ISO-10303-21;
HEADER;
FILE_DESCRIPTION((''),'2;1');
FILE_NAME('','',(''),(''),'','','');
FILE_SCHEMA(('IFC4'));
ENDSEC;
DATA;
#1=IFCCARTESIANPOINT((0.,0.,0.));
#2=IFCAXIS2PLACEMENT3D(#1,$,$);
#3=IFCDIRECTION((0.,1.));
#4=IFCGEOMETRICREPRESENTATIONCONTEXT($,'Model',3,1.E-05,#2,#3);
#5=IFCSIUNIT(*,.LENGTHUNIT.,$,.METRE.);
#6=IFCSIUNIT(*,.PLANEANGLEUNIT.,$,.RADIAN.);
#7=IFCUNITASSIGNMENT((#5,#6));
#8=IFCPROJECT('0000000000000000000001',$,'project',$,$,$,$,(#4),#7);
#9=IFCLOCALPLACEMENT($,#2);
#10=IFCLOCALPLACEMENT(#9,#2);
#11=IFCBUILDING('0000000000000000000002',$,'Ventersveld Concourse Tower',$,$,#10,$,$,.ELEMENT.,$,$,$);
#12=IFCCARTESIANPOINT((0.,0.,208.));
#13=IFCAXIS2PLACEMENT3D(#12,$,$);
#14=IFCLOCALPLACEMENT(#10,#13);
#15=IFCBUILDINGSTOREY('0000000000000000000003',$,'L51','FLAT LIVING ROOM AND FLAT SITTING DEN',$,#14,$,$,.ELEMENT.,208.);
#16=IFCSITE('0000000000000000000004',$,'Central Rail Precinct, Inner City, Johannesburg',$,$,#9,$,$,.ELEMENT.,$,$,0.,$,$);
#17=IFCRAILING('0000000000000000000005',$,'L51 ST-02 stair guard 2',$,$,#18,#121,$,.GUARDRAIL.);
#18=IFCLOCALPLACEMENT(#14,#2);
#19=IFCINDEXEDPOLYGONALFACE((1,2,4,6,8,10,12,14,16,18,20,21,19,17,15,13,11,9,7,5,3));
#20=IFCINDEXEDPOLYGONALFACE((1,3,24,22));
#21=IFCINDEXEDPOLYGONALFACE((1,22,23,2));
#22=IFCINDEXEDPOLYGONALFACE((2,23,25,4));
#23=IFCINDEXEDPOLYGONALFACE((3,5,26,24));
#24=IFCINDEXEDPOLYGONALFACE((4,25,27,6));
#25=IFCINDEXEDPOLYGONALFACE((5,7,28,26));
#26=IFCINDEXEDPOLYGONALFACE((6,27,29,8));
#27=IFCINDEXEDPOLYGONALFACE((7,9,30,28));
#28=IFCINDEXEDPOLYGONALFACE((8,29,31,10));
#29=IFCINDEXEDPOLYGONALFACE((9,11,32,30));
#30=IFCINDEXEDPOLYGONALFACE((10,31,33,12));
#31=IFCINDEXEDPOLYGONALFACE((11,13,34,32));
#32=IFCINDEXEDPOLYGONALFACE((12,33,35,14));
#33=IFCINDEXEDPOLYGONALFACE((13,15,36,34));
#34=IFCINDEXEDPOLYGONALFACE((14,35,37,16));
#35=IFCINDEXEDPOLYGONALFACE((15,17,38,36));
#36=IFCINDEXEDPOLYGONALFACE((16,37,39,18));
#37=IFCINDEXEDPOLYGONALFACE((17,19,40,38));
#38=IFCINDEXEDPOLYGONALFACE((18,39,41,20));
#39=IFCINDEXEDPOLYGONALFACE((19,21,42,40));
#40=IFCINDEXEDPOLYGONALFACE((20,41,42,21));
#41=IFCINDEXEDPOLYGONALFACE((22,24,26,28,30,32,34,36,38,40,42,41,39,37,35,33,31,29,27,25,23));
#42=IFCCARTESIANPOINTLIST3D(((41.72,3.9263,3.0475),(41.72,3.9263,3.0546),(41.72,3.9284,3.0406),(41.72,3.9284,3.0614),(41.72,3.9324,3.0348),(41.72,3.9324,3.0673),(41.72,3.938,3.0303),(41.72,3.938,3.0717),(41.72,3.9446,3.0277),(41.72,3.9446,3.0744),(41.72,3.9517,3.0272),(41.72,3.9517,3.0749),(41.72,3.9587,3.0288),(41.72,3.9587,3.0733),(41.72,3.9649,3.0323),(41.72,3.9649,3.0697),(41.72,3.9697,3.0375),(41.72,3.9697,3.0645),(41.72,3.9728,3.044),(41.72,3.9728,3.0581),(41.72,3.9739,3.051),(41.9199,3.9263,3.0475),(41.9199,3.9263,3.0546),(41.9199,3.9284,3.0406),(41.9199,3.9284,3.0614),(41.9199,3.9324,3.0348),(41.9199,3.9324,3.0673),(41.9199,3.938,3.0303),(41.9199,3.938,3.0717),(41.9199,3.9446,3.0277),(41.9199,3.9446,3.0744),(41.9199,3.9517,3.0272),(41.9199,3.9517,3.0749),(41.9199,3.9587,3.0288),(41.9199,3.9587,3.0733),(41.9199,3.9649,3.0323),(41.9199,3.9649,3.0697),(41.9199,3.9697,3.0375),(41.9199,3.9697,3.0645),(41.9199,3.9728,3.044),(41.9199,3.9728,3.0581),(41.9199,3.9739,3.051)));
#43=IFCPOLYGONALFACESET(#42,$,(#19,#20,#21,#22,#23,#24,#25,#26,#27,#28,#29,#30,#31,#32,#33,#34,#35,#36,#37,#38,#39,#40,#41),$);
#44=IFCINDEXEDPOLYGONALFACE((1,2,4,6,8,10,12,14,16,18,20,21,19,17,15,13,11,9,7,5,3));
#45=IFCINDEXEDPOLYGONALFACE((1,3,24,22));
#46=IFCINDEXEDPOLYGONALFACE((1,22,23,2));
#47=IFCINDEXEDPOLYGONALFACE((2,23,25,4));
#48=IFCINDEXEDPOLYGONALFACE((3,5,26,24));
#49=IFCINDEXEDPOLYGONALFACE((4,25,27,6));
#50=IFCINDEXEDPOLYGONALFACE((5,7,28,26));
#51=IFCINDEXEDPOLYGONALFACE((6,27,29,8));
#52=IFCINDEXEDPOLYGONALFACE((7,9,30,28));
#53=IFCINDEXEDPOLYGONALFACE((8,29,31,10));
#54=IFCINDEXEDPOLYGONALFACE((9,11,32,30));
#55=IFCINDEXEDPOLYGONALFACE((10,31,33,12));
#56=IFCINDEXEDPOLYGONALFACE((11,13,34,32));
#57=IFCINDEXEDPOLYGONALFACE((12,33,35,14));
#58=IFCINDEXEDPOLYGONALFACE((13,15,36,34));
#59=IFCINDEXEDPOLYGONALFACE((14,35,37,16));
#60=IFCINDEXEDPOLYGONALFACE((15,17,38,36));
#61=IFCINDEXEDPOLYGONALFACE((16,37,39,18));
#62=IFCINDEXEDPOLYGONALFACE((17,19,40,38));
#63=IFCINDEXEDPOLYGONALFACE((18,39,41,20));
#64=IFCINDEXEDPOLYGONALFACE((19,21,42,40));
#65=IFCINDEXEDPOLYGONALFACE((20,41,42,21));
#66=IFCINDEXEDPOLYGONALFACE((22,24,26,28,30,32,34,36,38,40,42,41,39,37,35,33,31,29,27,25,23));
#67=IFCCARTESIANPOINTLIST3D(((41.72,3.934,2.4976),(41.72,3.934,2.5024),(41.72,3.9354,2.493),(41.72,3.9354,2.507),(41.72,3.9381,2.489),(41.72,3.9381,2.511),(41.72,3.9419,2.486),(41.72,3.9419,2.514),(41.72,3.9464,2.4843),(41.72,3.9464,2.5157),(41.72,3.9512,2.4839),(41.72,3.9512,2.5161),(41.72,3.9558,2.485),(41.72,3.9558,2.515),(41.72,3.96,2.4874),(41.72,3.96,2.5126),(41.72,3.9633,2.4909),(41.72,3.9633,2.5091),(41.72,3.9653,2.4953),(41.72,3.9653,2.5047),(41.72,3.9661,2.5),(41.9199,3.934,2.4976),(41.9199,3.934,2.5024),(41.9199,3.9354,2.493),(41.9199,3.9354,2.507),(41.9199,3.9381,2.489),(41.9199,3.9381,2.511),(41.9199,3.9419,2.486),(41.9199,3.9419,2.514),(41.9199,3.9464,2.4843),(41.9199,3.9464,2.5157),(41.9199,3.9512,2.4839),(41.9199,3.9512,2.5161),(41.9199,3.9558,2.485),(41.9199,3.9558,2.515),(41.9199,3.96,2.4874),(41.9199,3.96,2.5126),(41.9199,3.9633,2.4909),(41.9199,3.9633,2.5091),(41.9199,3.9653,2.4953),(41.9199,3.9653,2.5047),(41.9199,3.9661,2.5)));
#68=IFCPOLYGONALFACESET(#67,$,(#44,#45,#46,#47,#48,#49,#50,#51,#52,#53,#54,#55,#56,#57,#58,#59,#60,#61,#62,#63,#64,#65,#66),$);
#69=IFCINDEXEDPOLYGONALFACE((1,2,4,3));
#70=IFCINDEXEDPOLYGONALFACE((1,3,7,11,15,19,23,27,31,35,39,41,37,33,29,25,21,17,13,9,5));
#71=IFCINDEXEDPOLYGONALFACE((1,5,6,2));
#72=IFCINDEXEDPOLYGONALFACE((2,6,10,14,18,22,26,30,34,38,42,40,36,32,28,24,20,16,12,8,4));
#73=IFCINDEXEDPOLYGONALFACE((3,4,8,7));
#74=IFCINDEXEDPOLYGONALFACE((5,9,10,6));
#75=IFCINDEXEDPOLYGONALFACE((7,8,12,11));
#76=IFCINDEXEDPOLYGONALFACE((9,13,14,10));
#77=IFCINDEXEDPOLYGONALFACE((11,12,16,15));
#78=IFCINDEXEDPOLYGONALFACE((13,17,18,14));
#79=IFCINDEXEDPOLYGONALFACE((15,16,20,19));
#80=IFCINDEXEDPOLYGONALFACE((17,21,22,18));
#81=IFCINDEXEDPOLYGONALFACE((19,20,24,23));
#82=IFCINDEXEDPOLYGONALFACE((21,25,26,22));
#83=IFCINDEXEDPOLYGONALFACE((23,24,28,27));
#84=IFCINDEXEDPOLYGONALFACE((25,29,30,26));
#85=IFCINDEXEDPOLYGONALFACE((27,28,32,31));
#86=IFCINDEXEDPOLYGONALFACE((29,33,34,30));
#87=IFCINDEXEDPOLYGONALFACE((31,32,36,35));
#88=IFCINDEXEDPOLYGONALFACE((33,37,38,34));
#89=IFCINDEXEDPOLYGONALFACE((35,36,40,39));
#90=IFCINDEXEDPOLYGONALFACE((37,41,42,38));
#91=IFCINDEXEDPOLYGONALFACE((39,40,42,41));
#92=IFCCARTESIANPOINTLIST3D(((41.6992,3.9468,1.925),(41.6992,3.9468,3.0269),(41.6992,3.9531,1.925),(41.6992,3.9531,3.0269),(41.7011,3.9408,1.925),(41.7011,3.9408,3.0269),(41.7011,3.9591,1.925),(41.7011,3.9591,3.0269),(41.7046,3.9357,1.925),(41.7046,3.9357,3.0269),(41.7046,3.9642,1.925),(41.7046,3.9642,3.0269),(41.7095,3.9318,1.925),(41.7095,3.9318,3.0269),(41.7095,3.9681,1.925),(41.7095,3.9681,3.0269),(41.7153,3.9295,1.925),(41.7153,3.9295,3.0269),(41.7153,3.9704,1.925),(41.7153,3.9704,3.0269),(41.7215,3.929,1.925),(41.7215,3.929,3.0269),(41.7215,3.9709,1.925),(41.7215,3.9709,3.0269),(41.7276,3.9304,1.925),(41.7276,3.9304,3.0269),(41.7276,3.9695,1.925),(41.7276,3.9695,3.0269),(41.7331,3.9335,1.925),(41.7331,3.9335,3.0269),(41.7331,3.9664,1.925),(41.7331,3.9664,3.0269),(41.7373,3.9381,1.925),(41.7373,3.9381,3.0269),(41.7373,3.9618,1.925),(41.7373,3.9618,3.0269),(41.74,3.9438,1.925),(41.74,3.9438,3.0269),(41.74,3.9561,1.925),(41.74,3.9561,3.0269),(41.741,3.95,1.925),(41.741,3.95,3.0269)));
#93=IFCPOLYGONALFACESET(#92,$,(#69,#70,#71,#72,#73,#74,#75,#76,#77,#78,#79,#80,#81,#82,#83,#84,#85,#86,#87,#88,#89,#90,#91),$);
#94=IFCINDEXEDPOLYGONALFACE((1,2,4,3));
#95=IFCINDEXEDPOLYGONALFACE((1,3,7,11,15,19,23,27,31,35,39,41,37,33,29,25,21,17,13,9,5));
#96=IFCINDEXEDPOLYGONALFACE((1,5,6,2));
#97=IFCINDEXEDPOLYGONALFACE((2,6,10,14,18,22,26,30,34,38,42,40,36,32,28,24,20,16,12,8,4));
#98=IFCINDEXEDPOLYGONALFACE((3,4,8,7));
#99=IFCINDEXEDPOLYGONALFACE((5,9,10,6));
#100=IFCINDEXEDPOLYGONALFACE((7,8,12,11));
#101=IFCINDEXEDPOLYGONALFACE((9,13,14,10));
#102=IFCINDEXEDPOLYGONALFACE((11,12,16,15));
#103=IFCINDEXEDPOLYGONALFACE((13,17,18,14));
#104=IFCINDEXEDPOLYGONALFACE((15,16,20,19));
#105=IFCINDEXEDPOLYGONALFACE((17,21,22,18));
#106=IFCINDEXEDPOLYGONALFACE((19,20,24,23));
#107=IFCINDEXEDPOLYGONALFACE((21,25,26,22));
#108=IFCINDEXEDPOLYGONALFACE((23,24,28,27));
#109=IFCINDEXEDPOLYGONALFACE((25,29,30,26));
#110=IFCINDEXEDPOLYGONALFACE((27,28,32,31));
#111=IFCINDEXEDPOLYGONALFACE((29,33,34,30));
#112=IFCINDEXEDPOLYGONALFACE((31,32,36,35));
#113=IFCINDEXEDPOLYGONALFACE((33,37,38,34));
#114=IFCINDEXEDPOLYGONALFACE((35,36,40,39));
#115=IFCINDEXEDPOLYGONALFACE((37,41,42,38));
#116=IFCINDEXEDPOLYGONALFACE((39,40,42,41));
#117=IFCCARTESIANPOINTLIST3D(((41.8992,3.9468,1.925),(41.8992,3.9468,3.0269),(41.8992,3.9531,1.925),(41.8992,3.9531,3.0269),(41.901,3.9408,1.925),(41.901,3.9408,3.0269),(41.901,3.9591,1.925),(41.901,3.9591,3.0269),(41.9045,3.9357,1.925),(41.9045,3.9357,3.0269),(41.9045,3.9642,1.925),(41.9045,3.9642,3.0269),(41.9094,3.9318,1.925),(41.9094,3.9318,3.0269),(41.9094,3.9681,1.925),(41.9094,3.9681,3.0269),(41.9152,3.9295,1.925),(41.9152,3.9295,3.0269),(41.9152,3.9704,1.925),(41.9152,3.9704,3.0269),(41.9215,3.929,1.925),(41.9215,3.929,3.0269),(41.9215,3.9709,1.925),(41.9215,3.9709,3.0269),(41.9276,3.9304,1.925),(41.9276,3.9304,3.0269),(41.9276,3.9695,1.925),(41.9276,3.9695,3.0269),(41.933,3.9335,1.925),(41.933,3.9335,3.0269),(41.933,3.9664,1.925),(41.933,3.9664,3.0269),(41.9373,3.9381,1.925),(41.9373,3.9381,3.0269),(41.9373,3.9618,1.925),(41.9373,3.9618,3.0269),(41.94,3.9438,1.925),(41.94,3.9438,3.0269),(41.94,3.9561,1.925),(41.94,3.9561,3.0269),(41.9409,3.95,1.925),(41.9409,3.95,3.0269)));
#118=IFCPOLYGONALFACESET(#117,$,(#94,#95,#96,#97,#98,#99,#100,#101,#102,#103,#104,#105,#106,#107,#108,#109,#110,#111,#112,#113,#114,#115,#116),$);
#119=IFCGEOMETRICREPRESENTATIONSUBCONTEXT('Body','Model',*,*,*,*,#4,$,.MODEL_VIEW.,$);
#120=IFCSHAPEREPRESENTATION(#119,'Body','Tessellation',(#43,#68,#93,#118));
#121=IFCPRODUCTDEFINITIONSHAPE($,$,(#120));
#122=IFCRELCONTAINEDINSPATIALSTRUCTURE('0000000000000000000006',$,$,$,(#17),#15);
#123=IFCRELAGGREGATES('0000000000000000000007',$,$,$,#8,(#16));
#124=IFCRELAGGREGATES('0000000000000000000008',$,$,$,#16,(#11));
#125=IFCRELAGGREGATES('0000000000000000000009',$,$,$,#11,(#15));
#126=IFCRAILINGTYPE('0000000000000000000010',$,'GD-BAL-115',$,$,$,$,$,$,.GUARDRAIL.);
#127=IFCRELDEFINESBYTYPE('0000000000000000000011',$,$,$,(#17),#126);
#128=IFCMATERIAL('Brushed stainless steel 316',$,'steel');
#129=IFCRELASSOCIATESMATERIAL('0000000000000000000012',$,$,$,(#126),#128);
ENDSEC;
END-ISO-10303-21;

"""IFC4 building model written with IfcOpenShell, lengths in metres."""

from ifc_helpers import new_model, si_unit, direction, frame, origin, origin_2d, place, context, subcontext, project, spatial, circle, extrude, material, type_object, element, save


model = new_model("IFC4")

# Units and contexts
model_context = context("Model", 3, precision=1e-05, world=origin(), true_north=direction((0.0, 1.0)))
body_context = subcontext(model_context, "Body", "Model", "MODEL_VIEW")
ifc_project = project(units=[si_unit("LENGTHUNIT", "METRE"), si_unit("PLANEANGLEUNIT", "RADIAN")], contexts=[model_context])

# Site, building, storey
site_placement = place(None, origin())
site = spatial("IfcSite", under=ifc_project, at=site_placement, Name="Central Rail Precinct, Inner City, Johannesburg", CompositionType="ELEMENT", RefElevation=0.0)
building_placement = place(site_placement, origin())
building = spatial("IfcBuilding", under=site, at=building_placement, Name="Ventersveld Concourse Tower", CompositionType="ELEMENT")
storey_placement = place(building_placement, frame((0.0, 0.0, 208.0)))
storey = spatial("IfcBuildingStorey", under=building, at=storey_placement, Name="L51", Description="FLAT LIVING ROOM AND FLAT SITTING DEN", CompositionType="ELEMENT", Elevation=208.0)

# Railing
ifc_material_1 = material(Name="Brushed stainless steel 316", Category="steel")
railing_type_1 = type_object("IfcRailingType", Name="GD-BAL-115", PredefinedType="GUARDRAIL", material=ifc_material_1)
railing_1_placement = place(storey_placement, frame((41.72, 3.95, 1.925)))
element("IfcRailing", 1, at=railing_1_placement, inside=storey, type_object=railing_type_1, Name="L51 ST-02 stair guard 2", PredefinedType="GUARDRAIL", context=body_context, shape_type="SweptSolid", body=[
    extrude(circle(Radius=0.0239, at=origin_2d()), frame((0.0, 0.0, 1.126), z_axis=(1.0, 0.0, 0.0), x_axis=(0.0, 1.0, 0.0)), (0.0, 0.0, 1.0), 0.2),
    extrude(circle(Radius=0.0161, at=origin_2d()), frame((0.0, 0.0, 0.575), z_axis=(1.0, 0.0, 0.0), x_axis=(0.0, 1.0, 0.0)), (0.0, 0.0, 1.0), 0.2),
    extrude(circle(Radius=0.021, at=origin_2d()), origin(), (0.0, 0.0, 1.0), 1.1018),
    extrude(circle(Radius=0.021, at=origin_2d()), frame((0.2, 0.0, 0.0)), (0.0, 0.0, 1.0), 1.1018),
])

save(model, "model.ifc")
